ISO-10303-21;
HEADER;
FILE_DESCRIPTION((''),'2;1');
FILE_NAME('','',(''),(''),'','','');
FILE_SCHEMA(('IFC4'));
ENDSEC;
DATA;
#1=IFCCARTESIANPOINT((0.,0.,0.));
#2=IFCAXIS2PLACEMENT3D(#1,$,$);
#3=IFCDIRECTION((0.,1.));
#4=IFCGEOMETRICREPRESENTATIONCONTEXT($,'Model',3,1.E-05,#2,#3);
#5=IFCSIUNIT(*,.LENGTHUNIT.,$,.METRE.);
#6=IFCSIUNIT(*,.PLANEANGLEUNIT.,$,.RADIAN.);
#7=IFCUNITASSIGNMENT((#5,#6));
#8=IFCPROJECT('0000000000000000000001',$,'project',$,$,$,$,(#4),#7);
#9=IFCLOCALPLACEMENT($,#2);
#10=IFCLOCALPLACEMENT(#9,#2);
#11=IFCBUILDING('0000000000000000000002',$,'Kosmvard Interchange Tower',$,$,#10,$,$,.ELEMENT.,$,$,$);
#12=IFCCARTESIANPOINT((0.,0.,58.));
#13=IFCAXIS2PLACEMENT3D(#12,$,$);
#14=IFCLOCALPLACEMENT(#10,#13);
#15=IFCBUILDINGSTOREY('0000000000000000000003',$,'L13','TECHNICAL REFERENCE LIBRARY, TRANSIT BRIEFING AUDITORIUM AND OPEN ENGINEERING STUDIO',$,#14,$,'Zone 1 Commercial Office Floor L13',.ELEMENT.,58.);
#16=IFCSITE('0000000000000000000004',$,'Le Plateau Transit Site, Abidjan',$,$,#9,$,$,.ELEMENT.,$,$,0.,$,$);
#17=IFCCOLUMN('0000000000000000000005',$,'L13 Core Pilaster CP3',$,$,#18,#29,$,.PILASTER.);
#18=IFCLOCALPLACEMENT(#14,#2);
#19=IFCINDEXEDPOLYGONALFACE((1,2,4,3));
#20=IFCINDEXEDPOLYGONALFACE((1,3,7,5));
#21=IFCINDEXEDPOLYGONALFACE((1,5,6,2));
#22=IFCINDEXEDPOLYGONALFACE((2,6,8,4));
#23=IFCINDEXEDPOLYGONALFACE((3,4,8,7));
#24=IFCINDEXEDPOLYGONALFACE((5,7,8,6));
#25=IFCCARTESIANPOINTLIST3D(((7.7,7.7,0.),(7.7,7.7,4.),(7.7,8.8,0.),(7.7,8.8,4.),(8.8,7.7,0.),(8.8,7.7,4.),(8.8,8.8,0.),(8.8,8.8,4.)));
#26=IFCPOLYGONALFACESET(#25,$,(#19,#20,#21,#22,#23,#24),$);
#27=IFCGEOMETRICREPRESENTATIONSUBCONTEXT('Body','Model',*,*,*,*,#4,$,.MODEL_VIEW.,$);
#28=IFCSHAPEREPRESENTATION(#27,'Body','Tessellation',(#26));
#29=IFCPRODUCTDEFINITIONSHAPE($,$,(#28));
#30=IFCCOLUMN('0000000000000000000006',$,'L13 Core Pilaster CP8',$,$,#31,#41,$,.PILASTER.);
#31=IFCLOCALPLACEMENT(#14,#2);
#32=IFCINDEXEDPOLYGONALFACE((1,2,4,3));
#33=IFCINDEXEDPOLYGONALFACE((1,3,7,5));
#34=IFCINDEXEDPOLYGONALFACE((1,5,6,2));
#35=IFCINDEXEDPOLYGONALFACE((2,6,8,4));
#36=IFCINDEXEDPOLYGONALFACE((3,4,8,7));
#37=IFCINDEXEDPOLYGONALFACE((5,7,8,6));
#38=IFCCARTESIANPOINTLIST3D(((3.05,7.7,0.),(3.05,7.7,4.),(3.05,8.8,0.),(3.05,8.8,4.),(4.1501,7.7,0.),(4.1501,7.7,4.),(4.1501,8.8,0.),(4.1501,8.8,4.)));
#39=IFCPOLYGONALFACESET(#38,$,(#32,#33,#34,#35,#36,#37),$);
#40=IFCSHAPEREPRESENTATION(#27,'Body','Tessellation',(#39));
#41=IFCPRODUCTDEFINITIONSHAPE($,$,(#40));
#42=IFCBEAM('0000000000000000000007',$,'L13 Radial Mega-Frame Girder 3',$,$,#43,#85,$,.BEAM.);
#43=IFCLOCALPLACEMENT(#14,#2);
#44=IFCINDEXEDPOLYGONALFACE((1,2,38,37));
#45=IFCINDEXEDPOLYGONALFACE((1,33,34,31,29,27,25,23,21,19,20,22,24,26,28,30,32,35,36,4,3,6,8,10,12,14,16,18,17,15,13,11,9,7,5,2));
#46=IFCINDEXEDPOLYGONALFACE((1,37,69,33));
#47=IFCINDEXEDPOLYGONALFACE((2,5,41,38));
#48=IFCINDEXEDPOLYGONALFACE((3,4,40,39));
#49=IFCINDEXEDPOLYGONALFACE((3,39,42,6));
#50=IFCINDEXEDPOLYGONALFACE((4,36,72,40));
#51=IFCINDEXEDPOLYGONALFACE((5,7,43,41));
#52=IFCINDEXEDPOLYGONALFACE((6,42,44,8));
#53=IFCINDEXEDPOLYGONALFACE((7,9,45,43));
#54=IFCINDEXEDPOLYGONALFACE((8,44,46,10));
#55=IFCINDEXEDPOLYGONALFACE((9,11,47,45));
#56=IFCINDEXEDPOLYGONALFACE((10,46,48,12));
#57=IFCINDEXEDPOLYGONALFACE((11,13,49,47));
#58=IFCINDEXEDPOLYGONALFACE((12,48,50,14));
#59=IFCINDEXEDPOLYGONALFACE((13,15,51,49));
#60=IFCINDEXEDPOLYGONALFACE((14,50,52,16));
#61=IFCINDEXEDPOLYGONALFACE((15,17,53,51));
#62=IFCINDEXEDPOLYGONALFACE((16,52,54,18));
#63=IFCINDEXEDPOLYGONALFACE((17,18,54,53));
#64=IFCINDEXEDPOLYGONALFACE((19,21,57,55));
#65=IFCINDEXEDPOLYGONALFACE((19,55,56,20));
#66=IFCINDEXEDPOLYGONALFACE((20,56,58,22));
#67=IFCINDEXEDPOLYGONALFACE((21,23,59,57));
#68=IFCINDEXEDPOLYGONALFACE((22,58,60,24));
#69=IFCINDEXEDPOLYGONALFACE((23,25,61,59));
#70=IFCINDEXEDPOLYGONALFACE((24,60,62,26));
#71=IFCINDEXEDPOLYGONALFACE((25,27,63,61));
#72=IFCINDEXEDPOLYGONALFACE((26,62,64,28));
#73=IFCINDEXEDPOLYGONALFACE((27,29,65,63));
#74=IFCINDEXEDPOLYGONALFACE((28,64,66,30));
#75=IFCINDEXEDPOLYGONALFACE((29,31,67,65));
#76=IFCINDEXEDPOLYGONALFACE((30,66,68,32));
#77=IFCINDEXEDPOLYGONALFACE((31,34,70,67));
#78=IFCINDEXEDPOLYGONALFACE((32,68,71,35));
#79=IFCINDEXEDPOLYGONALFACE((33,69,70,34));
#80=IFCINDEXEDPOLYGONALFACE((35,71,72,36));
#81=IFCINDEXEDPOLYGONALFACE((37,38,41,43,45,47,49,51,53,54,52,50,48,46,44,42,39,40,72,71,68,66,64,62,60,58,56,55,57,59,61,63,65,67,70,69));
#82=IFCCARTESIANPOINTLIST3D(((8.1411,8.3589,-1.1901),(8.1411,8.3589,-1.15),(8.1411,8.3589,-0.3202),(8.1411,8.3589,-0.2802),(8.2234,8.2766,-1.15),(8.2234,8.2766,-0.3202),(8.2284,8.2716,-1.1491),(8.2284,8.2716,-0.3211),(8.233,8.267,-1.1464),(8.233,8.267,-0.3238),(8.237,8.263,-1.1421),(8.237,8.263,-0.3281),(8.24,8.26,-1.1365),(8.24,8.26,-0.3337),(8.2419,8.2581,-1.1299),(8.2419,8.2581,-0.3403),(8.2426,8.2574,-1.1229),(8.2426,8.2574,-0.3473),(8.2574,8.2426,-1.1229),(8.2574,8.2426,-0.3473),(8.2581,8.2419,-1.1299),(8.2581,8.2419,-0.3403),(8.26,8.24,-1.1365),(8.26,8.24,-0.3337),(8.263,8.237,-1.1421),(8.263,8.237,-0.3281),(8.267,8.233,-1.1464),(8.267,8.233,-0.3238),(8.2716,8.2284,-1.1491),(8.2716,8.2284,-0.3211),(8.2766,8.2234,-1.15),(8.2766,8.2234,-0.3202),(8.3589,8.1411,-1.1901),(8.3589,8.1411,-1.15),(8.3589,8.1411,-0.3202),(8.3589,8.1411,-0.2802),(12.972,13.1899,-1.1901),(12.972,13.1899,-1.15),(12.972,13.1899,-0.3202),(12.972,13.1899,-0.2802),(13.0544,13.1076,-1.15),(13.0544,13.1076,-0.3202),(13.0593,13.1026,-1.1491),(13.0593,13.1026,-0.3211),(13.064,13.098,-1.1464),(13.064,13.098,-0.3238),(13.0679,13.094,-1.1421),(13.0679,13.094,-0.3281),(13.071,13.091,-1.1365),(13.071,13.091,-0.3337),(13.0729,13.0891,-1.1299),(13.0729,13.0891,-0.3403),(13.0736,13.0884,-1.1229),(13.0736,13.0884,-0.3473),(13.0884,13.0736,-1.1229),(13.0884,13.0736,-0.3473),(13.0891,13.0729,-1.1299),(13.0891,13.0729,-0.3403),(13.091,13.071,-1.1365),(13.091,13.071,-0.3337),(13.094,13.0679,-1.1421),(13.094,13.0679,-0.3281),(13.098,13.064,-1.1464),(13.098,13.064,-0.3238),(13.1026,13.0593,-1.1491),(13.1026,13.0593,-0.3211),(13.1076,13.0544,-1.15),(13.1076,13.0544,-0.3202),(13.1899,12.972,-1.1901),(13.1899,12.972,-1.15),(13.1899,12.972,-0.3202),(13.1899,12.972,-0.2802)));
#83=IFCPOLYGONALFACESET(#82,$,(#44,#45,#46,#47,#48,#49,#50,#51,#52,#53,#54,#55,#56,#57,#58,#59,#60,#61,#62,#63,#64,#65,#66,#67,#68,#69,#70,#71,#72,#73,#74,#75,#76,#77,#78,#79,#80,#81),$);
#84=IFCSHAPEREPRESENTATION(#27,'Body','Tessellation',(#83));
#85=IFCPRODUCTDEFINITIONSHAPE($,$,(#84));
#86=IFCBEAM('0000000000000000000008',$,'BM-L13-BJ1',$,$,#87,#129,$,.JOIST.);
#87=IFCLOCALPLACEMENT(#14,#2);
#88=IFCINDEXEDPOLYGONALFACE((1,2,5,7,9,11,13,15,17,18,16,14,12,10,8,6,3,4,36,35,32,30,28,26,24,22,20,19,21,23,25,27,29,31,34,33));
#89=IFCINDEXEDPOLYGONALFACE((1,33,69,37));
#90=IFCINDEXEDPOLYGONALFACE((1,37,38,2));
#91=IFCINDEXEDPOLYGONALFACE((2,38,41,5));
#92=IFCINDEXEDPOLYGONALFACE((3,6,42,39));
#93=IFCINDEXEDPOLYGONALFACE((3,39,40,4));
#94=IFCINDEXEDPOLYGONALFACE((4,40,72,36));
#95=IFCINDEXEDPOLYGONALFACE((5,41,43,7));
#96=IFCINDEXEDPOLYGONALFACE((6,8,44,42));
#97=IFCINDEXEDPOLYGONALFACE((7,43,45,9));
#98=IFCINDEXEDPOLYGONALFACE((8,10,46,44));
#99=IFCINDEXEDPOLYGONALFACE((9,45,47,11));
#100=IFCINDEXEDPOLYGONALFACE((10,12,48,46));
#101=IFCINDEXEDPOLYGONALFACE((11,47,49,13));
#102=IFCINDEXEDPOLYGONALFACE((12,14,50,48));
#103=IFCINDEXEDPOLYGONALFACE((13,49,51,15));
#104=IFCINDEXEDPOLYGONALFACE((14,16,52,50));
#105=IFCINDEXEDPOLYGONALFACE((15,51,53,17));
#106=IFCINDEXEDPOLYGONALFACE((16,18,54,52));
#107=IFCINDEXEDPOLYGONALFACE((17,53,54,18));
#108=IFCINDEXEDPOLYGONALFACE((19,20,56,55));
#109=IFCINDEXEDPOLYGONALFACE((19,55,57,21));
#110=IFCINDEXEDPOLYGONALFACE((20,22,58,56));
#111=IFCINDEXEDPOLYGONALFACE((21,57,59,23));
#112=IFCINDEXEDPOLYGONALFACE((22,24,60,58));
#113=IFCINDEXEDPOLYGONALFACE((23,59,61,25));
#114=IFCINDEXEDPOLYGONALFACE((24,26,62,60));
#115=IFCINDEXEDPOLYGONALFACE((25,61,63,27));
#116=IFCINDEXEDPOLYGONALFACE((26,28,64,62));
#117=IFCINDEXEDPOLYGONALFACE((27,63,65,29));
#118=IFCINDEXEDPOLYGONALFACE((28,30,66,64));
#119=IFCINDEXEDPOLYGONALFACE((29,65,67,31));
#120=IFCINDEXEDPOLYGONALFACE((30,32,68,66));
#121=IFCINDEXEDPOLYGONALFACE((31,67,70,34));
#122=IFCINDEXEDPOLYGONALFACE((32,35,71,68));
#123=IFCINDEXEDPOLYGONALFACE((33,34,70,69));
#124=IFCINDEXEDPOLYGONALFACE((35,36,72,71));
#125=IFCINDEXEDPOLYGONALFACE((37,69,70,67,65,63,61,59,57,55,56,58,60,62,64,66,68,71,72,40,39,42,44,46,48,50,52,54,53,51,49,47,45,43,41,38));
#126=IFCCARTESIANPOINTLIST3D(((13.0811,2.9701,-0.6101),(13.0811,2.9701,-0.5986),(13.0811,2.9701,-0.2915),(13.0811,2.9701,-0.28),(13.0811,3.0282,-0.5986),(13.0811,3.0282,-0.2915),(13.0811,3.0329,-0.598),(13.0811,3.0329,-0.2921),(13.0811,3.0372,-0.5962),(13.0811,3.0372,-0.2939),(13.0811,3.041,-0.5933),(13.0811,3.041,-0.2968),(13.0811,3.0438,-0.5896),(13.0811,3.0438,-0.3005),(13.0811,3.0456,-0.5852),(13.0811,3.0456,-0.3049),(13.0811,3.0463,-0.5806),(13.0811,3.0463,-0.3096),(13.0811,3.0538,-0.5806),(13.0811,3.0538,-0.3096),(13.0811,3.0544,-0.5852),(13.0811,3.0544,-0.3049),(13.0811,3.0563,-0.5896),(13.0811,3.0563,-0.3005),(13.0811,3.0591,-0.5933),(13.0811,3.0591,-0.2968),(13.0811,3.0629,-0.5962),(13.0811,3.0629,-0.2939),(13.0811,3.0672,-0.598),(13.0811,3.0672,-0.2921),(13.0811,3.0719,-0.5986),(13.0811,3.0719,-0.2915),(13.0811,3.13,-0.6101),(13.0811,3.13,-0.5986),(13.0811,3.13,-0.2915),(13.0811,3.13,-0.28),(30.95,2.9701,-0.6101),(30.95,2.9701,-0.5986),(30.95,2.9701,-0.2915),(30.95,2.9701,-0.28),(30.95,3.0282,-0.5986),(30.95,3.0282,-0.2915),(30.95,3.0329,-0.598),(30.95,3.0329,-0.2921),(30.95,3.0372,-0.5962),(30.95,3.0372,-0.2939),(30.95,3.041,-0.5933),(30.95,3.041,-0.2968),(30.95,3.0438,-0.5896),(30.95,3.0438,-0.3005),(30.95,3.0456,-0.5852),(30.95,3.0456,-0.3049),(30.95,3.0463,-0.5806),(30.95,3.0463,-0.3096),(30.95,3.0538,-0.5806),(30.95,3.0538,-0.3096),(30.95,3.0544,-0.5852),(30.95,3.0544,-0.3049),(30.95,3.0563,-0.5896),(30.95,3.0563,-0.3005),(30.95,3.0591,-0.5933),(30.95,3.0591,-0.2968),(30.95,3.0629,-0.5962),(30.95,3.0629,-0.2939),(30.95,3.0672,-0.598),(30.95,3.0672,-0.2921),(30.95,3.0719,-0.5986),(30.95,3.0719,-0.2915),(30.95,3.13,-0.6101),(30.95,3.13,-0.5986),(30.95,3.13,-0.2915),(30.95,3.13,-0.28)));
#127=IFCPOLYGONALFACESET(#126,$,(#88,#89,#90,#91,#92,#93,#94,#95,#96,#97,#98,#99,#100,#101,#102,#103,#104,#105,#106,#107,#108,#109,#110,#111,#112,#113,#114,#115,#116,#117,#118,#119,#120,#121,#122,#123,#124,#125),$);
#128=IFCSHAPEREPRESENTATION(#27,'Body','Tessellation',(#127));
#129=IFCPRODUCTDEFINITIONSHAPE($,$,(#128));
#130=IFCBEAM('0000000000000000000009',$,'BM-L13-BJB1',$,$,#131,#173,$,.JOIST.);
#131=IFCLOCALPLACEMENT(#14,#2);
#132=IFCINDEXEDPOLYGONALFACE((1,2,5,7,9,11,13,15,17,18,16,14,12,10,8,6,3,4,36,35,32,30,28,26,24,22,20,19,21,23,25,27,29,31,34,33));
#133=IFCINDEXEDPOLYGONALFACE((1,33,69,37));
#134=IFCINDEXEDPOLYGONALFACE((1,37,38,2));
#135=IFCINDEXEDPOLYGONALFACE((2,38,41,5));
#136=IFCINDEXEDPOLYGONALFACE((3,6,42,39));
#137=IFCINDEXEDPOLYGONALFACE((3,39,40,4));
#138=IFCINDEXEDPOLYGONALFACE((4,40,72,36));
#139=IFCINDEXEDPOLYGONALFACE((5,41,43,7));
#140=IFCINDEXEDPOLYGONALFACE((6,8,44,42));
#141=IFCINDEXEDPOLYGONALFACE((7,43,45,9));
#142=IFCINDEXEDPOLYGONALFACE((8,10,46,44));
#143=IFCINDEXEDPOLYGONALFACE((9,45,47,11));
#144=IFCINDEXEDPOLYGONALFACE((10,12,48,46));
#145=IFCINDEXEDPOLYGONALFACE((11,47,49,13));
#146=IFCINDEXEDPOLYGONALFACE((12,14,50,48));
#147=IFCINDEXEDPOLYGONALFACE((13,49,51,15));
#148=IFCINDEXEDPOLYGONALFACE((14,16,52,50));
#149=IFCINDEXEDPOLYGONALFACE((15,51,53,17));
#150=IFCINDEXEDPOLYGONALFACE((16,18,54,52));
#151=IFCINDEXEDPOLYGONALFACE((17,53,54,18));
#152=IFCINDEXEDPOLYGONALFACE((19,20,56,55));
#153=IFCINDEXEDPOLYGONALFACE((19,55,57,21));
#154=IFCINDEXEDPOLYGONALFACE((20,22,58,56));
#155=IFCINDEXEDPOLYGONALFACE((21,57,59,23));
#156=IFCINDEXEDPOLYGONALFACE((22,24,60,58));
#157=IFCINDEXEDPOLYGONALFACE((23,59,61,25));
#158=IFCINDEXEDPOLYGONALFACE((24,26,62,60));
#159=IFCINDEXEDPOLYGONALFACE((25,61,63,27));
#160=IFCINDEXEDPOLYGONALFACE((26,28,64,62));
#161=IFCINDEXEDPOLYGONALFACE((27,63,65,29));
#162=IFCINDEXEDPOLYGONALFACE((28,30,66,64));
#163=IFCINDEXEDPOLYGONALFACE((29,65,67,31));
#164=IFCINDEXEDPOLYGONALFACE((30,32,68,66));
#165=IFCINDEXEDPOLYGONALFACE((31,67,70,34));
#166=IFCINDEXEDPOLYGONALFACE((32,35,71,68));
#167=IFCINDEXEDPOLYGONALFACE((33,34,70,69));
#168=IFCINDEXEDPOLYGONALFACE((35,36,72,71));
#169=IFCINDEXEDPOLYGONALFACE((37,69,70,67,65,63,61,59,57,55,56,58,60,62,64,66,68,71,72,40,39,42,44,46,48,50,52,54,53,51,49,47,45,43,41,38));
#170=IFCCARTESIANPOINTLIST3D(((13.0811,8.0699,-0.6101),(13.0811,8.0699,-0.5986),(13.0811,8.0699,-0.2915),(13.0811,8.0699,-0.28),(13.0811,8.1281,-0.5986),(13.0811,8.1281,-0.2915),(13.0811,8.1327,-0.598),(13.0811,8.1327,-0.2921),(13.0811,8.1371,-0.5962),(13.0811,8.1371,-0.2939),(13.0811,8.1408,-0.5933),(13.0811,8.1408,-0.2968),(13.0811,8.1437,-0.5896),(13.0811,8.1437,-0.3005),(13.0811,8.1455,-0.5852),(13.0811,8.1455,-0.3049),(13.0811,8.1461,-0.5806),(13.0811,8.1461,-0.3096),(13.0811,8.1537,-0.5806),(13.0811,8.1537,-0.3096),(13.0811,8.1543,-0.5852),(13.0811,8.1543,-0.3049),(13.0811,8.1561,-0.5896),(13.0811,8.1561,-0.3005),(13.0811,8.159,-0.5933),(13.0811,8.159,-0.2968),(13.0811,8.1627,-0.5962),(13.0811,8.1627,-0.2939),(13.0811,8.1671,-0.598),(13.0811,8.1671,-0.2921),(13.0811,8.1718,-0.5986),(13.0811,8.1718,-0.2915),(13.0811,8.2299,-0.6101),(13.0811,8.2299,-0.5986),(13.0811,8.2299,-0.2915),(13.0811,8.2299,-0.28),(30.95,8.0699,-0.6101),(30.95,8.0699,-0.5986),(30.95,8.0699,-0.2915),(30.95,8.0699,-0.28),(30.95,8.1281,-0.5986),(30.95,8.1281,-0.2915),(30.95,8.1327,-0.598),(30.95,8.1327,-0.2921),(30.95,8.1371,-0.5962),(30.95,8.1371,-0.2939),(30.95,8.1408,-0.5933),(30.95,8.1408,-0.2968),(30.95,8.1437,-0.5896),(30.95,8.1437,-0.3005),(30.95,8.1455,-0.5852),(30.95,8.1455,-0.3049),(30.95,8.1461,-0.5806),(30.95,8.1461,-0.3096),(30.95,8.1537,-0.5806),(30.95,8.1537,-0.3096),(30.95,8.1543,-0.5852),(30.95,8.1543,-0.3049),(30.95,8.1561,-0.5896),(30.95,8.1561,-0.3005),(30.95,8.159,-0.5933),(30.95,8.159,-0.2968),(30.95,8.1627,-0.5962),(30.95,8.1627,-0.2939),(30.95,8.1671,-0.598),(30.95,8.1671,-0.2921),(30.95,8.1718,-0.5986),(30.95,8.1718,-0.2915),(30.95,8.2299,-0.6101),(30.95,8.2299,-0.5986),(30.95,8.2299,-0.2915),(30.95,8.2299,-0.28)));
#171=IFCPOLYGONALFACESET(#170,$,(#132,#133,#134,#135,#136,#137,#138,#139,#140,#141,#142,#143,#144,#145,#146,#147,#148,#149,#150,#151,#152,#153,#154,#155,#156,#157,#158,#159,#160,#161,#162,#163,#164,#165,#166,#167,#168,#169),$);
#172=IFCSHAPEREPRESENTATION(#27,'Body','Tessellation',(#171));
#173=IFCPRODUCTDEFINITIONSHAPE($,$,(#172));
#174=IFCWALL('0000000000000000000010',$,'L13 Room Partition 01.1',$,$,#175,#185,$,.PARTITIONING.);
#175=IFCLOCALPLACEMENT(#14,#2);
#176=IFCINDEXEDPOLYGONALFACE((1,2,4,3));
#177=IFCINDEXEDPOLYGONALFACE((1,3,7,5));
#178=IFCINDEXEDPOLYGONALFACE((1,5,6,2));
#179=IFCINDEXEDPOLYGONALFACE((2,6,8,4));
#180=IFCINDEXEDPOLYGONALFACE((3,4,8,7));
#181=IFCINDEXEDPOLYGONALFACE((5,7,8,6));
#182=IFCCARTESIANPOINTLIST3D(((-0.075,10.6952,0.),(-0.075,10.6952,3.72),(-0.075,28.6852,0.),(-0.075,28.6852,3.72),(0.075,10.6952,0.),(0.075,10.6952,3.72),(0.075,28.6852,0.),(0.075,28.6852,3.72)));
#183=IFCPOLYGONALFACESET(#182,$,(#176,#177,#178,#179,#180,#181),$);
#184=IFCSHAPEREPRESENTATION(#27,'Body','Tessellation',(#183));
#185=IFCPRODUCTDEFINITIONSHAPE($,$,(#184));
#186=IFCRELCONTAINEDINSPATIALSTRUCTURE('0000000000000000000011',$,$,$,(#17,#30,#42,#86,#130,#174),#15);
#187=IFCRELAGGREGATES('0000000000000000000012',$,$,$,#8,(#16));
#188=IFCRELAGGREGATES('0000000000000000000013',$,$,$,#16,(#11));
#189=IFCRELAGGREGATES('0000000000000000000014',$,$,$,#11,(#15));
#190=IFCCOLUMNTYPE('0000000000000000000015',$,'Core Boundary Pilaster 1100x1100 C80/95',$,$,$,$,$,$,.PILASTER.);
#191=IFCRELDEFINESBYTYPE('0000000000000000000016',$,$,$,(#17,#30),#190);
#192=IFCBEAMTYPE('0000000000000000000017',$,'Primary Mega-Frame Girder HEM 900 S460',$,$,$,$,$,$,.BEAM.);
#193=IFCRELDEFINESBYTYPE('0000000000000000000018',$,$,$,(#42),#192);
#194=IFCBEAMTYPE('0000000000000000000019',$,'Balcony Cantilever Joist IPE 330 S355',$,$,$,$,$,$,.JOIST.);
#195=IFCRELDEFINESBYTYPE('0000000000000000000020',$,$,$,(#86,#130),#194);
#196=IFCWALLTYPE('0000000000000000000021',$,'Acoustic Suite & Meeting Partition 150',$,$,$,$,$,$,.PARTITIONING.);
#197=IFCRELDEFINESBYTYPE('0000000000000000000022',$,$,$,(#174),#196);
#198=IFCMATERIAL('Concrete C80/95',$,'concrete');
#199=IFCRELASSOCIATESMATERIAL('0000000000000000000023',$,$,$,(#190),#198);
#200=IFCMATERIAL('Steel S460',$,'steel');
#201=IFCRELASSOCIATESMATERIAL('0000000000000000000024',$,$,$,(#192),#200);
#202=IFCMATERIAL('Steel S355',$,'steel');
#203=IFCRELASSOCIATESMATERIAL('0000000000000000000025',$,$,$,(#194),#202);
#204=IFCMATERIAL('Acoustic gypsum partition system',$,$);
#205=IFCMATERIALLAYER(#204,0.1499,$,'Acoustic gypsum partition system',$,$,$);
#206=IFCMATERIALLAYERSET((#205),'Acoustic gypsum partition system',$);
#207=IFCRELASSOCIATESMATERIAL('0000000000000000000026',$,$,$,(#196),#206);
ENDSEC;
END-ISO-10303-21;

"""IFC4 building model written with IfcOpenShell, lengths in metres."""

from ifc_helpers import new_model, si_unit, direction, frame, frame_2d, origin, origin_2d, place, context, subcontext, project, spatial, rectangle, i_section, extrude, source, transform, mapped, material, layer, layer_set, material_profile, profile_set, type_object, element, save


model = new_model("IFC4")

# Units and contexts
model_context = context("Model", 3, precision=1e-05, world=origin(), true_north=direction((0.0, 1.0)))
body_context = subcontext(model_context, "Body", "Model", "MODEL_VIEW")
ifc_project = project(units=[si_unit("LENGTHUNIT", "METRE"), si_unit("PLANEANGLEUNIT", "RADIAN")], contexts=[model_context])

# Site, building, storey
site_placement = place(None, origin())
site = spatial("IfcSite", under=ifc_project, at=site_placement, Name="Le Plateau Transit Site, Abidjan", CompositionType="ELEMENT", RefElevation=0.0)
building_placement = place(site_placement, origin())
building = spatial("IfcBuilding", under=site, at=building_placement, Name="Kosmvard Interchange Tower", CompositionType="ELEMENT")
storey_placement = place(building_placement, frame((0.0, 0.0, 58.0)))
storey = spatial("IfcBuildingStorey", under=building, at=storey_placement, Name="L13", Description="TECHNICAL REFERENCE LIBRARY, TRANSIT BRIEFING AUDITORIUM AND OPEN ENGINEERING STUDIO", LongName="Zone 1 Commercial Office Floor L13", CompositionType="ELEMENT", Elevation=58.0)

# Columns
ifc_material_1 = material(Name="Concrete C80/95", Category="concrete")
ifc_material_profile_1 = material_profile(ifc_material_1, rectangle(XDim=1.1001, YDim=1.1001, at=origin_2d()), Name="CP 1100x1100")
ifc_profile_set_1 = profile_set([ifc_material_profile_1], Name="Concrete C80/95")
column_type = type_object("IfcColumnType", Name="Core Boundary Pilaster 1100x1100 C80/95", PredefinedType="PILASTER", material=ifc_profile_set_1)
shared_shape_1 = source(origin(), body_context, "Body", "SweptSolid", [
    extrude(rectangle(XDim=1.1001, YDim=1.1001, at=origin_2d()), origin(), (0.0, 0.0, 1.0), 4.0),
])
for number, where, z_axis, x_axis, name in (
    (1, (8.25, 8.25, 0.0), (0.0, 0.0, 1.0), (1.0, 0.0, 0.0), "L13 Core Pilaster CP3"),
    (2, (3.6001, 8.25, 0.0), (0.0, 0.0, 1.0), (1.0, 0.0, 0.0), "L13 Core Pilaster CP8"),
):
    element("IfcColumn", number, at=place(storey_placement, frame(where, z_axis=z_axis, x_axis=x_axis)), inside=storey, type_object=column_type, Name=name, PredefinedType="PILASTER", context=body_context, shape_type="MappedRepresentation", body=[
        mapped(shared_shape_1, transform((0.0, 0.0, 0.0), scale=1.0)),
    ])

# Beams
ifc_material_2 = material(Name="Steel S460", Category="steel")
ifc_material_profile_2 = material_profile(ifc_material_2, i_section(OverallWidth=0.3081, OverallDepth=0.9099, WebThickness=0.021, FlangeThickness=0.04, FilletRadius=0.0271, at=origin_2d()), Name="HEM 900")
ifc_profile_set_2 = profile_set([ifc_material_profile_2], Name="Steel S460")
beam_type_1 = type_object("IfcBeamType", Name="Primary Mega-Frame Girder HEM 900 S460", PredefinedType="BEAM", material=ifc_profile_set_2)
shared_shape_2 = source(origin(), body_context, "Body", "SweptSolid", [
    extrude(i_section(OverallWidth=0.3081, OverallDepth=0.9099, WebThickness=0.021, FlangeThickness=0.04, FilletRadius=0.0271, at=origin_2d()), origin(), (0.0, 0.0, 1.0), 6.832),
])
beam_placement = place(storey_placement, frame((8.25, 8.25, -0.7351), z_axis=(0.707107, 0.707107, 0.0), x_axis=(-0.707107, 0.707107, 0.0)))
element("IfcBeam", 3, at=beam_placement, inside=storey, type_object=beam_type_1, Name="L13 Radial Mega-Frame Girder 3", PredefinedType="BEAM", context=body_context, shape_type="MappedRepresentation", body=[
    mapped(shared_shape_2, transform((0.0, 0.0, 0.0), scale=1.0)),
])
ifc_material_3 = material(Name="Steel S355", Category="steel")
ifc_material_profile_3 = material_profile(ifc_material_3, i_section(OverallWidth=0.1599, OverallDepth=0.3301, WebThickness=0.0076, FlangeThickness=0.0115, FilletRadius=0.0181, at=origin_2d()), Name="IPE 330")
ifc_profile_set_3 = profile_set([ifc_material_profile_3], Name="Steel S355")
beam_type_2 = type_object("IfcBeamType", Name="Balcony Cantilever Joist IPE 330 S355", PredefinedType="JOIST", material=ifc_profile_set_3)
shared_shape_3 = source(origin(), body_context, "Body", "SweptSolid", [
    extrude(i_section(OverallWidth=0.1599, OverallDepth=0.3301, WebThickness=0.0076, FlangeThickness=0.0115, FilletRadius=0.0181, at=origin_2d()), origin(), (0.0, 0.0, 1.0), 17.8689),
])
for number, where, z_axis, x_axis, name in (
    (4, (13.0811, 3.05, -0.4451), (1.0, 0.0, 0.0), (0.0, 1.0, 0.0), "BM-L13-BJ1"),
    (5, (13.0811, 8.1499, -0.4451), (1.0, 0.0, 0.0), (0.0, 1.0, 0.0), "BM-L13-BJB1"),
):
    element("IfcBeam", number, at=place(storey_placement, frame(where, z_axis=z_axis, x_axis=x_axis)), inside=storey, type_object=beam_type_2, Name=name, PredefinedType="JOIST", context=body_context, shape_type="MappedRepresentation", body=[
        mapped(shared_shape_3, transform((0.0, 0.0, 0.0), scale=1.0)),
    ])

# Wall
ifc_material_4 = material(Name="Acoustic gypsum partition system")
ifc_layer_1 = layer(ifc_material_4, 0.1499, Name="Acoustic gypsum partition system")
ifc_layer_set_1 = layer_set([ifc_layer_1], Name="Acoustic gypsum partition system")
wall_type_1 = type_object("IfcWallType", Name="Acoustic Suite & Meeting Partition 150", PredefinedType="PARTITIONING", material=ifc_layer_set_1)
wall_1_placement = place(storey_placement, frame((0.0, 10.6951, 0.0), z_axis=(0.0, 0.0, 1.0), x_axis=(0.0, 1.0, 0.0)))
element("IfcWall", 6, at=wall_1_placement, inside=storey, type_object=wall_type_1, Name="L13 Room Partition 01.1", PredefinedType="PARTITIONING", context=body_context, shape_type="SweptSolid", body=[
    extrude(rectangle(XDim=17.99, YDim=0.1499, at=frame_2d((8.9951, 0.0))), origin(), (0.0, 0.0, 1.0), 3.72),
])

save(model, "model.ifc")
